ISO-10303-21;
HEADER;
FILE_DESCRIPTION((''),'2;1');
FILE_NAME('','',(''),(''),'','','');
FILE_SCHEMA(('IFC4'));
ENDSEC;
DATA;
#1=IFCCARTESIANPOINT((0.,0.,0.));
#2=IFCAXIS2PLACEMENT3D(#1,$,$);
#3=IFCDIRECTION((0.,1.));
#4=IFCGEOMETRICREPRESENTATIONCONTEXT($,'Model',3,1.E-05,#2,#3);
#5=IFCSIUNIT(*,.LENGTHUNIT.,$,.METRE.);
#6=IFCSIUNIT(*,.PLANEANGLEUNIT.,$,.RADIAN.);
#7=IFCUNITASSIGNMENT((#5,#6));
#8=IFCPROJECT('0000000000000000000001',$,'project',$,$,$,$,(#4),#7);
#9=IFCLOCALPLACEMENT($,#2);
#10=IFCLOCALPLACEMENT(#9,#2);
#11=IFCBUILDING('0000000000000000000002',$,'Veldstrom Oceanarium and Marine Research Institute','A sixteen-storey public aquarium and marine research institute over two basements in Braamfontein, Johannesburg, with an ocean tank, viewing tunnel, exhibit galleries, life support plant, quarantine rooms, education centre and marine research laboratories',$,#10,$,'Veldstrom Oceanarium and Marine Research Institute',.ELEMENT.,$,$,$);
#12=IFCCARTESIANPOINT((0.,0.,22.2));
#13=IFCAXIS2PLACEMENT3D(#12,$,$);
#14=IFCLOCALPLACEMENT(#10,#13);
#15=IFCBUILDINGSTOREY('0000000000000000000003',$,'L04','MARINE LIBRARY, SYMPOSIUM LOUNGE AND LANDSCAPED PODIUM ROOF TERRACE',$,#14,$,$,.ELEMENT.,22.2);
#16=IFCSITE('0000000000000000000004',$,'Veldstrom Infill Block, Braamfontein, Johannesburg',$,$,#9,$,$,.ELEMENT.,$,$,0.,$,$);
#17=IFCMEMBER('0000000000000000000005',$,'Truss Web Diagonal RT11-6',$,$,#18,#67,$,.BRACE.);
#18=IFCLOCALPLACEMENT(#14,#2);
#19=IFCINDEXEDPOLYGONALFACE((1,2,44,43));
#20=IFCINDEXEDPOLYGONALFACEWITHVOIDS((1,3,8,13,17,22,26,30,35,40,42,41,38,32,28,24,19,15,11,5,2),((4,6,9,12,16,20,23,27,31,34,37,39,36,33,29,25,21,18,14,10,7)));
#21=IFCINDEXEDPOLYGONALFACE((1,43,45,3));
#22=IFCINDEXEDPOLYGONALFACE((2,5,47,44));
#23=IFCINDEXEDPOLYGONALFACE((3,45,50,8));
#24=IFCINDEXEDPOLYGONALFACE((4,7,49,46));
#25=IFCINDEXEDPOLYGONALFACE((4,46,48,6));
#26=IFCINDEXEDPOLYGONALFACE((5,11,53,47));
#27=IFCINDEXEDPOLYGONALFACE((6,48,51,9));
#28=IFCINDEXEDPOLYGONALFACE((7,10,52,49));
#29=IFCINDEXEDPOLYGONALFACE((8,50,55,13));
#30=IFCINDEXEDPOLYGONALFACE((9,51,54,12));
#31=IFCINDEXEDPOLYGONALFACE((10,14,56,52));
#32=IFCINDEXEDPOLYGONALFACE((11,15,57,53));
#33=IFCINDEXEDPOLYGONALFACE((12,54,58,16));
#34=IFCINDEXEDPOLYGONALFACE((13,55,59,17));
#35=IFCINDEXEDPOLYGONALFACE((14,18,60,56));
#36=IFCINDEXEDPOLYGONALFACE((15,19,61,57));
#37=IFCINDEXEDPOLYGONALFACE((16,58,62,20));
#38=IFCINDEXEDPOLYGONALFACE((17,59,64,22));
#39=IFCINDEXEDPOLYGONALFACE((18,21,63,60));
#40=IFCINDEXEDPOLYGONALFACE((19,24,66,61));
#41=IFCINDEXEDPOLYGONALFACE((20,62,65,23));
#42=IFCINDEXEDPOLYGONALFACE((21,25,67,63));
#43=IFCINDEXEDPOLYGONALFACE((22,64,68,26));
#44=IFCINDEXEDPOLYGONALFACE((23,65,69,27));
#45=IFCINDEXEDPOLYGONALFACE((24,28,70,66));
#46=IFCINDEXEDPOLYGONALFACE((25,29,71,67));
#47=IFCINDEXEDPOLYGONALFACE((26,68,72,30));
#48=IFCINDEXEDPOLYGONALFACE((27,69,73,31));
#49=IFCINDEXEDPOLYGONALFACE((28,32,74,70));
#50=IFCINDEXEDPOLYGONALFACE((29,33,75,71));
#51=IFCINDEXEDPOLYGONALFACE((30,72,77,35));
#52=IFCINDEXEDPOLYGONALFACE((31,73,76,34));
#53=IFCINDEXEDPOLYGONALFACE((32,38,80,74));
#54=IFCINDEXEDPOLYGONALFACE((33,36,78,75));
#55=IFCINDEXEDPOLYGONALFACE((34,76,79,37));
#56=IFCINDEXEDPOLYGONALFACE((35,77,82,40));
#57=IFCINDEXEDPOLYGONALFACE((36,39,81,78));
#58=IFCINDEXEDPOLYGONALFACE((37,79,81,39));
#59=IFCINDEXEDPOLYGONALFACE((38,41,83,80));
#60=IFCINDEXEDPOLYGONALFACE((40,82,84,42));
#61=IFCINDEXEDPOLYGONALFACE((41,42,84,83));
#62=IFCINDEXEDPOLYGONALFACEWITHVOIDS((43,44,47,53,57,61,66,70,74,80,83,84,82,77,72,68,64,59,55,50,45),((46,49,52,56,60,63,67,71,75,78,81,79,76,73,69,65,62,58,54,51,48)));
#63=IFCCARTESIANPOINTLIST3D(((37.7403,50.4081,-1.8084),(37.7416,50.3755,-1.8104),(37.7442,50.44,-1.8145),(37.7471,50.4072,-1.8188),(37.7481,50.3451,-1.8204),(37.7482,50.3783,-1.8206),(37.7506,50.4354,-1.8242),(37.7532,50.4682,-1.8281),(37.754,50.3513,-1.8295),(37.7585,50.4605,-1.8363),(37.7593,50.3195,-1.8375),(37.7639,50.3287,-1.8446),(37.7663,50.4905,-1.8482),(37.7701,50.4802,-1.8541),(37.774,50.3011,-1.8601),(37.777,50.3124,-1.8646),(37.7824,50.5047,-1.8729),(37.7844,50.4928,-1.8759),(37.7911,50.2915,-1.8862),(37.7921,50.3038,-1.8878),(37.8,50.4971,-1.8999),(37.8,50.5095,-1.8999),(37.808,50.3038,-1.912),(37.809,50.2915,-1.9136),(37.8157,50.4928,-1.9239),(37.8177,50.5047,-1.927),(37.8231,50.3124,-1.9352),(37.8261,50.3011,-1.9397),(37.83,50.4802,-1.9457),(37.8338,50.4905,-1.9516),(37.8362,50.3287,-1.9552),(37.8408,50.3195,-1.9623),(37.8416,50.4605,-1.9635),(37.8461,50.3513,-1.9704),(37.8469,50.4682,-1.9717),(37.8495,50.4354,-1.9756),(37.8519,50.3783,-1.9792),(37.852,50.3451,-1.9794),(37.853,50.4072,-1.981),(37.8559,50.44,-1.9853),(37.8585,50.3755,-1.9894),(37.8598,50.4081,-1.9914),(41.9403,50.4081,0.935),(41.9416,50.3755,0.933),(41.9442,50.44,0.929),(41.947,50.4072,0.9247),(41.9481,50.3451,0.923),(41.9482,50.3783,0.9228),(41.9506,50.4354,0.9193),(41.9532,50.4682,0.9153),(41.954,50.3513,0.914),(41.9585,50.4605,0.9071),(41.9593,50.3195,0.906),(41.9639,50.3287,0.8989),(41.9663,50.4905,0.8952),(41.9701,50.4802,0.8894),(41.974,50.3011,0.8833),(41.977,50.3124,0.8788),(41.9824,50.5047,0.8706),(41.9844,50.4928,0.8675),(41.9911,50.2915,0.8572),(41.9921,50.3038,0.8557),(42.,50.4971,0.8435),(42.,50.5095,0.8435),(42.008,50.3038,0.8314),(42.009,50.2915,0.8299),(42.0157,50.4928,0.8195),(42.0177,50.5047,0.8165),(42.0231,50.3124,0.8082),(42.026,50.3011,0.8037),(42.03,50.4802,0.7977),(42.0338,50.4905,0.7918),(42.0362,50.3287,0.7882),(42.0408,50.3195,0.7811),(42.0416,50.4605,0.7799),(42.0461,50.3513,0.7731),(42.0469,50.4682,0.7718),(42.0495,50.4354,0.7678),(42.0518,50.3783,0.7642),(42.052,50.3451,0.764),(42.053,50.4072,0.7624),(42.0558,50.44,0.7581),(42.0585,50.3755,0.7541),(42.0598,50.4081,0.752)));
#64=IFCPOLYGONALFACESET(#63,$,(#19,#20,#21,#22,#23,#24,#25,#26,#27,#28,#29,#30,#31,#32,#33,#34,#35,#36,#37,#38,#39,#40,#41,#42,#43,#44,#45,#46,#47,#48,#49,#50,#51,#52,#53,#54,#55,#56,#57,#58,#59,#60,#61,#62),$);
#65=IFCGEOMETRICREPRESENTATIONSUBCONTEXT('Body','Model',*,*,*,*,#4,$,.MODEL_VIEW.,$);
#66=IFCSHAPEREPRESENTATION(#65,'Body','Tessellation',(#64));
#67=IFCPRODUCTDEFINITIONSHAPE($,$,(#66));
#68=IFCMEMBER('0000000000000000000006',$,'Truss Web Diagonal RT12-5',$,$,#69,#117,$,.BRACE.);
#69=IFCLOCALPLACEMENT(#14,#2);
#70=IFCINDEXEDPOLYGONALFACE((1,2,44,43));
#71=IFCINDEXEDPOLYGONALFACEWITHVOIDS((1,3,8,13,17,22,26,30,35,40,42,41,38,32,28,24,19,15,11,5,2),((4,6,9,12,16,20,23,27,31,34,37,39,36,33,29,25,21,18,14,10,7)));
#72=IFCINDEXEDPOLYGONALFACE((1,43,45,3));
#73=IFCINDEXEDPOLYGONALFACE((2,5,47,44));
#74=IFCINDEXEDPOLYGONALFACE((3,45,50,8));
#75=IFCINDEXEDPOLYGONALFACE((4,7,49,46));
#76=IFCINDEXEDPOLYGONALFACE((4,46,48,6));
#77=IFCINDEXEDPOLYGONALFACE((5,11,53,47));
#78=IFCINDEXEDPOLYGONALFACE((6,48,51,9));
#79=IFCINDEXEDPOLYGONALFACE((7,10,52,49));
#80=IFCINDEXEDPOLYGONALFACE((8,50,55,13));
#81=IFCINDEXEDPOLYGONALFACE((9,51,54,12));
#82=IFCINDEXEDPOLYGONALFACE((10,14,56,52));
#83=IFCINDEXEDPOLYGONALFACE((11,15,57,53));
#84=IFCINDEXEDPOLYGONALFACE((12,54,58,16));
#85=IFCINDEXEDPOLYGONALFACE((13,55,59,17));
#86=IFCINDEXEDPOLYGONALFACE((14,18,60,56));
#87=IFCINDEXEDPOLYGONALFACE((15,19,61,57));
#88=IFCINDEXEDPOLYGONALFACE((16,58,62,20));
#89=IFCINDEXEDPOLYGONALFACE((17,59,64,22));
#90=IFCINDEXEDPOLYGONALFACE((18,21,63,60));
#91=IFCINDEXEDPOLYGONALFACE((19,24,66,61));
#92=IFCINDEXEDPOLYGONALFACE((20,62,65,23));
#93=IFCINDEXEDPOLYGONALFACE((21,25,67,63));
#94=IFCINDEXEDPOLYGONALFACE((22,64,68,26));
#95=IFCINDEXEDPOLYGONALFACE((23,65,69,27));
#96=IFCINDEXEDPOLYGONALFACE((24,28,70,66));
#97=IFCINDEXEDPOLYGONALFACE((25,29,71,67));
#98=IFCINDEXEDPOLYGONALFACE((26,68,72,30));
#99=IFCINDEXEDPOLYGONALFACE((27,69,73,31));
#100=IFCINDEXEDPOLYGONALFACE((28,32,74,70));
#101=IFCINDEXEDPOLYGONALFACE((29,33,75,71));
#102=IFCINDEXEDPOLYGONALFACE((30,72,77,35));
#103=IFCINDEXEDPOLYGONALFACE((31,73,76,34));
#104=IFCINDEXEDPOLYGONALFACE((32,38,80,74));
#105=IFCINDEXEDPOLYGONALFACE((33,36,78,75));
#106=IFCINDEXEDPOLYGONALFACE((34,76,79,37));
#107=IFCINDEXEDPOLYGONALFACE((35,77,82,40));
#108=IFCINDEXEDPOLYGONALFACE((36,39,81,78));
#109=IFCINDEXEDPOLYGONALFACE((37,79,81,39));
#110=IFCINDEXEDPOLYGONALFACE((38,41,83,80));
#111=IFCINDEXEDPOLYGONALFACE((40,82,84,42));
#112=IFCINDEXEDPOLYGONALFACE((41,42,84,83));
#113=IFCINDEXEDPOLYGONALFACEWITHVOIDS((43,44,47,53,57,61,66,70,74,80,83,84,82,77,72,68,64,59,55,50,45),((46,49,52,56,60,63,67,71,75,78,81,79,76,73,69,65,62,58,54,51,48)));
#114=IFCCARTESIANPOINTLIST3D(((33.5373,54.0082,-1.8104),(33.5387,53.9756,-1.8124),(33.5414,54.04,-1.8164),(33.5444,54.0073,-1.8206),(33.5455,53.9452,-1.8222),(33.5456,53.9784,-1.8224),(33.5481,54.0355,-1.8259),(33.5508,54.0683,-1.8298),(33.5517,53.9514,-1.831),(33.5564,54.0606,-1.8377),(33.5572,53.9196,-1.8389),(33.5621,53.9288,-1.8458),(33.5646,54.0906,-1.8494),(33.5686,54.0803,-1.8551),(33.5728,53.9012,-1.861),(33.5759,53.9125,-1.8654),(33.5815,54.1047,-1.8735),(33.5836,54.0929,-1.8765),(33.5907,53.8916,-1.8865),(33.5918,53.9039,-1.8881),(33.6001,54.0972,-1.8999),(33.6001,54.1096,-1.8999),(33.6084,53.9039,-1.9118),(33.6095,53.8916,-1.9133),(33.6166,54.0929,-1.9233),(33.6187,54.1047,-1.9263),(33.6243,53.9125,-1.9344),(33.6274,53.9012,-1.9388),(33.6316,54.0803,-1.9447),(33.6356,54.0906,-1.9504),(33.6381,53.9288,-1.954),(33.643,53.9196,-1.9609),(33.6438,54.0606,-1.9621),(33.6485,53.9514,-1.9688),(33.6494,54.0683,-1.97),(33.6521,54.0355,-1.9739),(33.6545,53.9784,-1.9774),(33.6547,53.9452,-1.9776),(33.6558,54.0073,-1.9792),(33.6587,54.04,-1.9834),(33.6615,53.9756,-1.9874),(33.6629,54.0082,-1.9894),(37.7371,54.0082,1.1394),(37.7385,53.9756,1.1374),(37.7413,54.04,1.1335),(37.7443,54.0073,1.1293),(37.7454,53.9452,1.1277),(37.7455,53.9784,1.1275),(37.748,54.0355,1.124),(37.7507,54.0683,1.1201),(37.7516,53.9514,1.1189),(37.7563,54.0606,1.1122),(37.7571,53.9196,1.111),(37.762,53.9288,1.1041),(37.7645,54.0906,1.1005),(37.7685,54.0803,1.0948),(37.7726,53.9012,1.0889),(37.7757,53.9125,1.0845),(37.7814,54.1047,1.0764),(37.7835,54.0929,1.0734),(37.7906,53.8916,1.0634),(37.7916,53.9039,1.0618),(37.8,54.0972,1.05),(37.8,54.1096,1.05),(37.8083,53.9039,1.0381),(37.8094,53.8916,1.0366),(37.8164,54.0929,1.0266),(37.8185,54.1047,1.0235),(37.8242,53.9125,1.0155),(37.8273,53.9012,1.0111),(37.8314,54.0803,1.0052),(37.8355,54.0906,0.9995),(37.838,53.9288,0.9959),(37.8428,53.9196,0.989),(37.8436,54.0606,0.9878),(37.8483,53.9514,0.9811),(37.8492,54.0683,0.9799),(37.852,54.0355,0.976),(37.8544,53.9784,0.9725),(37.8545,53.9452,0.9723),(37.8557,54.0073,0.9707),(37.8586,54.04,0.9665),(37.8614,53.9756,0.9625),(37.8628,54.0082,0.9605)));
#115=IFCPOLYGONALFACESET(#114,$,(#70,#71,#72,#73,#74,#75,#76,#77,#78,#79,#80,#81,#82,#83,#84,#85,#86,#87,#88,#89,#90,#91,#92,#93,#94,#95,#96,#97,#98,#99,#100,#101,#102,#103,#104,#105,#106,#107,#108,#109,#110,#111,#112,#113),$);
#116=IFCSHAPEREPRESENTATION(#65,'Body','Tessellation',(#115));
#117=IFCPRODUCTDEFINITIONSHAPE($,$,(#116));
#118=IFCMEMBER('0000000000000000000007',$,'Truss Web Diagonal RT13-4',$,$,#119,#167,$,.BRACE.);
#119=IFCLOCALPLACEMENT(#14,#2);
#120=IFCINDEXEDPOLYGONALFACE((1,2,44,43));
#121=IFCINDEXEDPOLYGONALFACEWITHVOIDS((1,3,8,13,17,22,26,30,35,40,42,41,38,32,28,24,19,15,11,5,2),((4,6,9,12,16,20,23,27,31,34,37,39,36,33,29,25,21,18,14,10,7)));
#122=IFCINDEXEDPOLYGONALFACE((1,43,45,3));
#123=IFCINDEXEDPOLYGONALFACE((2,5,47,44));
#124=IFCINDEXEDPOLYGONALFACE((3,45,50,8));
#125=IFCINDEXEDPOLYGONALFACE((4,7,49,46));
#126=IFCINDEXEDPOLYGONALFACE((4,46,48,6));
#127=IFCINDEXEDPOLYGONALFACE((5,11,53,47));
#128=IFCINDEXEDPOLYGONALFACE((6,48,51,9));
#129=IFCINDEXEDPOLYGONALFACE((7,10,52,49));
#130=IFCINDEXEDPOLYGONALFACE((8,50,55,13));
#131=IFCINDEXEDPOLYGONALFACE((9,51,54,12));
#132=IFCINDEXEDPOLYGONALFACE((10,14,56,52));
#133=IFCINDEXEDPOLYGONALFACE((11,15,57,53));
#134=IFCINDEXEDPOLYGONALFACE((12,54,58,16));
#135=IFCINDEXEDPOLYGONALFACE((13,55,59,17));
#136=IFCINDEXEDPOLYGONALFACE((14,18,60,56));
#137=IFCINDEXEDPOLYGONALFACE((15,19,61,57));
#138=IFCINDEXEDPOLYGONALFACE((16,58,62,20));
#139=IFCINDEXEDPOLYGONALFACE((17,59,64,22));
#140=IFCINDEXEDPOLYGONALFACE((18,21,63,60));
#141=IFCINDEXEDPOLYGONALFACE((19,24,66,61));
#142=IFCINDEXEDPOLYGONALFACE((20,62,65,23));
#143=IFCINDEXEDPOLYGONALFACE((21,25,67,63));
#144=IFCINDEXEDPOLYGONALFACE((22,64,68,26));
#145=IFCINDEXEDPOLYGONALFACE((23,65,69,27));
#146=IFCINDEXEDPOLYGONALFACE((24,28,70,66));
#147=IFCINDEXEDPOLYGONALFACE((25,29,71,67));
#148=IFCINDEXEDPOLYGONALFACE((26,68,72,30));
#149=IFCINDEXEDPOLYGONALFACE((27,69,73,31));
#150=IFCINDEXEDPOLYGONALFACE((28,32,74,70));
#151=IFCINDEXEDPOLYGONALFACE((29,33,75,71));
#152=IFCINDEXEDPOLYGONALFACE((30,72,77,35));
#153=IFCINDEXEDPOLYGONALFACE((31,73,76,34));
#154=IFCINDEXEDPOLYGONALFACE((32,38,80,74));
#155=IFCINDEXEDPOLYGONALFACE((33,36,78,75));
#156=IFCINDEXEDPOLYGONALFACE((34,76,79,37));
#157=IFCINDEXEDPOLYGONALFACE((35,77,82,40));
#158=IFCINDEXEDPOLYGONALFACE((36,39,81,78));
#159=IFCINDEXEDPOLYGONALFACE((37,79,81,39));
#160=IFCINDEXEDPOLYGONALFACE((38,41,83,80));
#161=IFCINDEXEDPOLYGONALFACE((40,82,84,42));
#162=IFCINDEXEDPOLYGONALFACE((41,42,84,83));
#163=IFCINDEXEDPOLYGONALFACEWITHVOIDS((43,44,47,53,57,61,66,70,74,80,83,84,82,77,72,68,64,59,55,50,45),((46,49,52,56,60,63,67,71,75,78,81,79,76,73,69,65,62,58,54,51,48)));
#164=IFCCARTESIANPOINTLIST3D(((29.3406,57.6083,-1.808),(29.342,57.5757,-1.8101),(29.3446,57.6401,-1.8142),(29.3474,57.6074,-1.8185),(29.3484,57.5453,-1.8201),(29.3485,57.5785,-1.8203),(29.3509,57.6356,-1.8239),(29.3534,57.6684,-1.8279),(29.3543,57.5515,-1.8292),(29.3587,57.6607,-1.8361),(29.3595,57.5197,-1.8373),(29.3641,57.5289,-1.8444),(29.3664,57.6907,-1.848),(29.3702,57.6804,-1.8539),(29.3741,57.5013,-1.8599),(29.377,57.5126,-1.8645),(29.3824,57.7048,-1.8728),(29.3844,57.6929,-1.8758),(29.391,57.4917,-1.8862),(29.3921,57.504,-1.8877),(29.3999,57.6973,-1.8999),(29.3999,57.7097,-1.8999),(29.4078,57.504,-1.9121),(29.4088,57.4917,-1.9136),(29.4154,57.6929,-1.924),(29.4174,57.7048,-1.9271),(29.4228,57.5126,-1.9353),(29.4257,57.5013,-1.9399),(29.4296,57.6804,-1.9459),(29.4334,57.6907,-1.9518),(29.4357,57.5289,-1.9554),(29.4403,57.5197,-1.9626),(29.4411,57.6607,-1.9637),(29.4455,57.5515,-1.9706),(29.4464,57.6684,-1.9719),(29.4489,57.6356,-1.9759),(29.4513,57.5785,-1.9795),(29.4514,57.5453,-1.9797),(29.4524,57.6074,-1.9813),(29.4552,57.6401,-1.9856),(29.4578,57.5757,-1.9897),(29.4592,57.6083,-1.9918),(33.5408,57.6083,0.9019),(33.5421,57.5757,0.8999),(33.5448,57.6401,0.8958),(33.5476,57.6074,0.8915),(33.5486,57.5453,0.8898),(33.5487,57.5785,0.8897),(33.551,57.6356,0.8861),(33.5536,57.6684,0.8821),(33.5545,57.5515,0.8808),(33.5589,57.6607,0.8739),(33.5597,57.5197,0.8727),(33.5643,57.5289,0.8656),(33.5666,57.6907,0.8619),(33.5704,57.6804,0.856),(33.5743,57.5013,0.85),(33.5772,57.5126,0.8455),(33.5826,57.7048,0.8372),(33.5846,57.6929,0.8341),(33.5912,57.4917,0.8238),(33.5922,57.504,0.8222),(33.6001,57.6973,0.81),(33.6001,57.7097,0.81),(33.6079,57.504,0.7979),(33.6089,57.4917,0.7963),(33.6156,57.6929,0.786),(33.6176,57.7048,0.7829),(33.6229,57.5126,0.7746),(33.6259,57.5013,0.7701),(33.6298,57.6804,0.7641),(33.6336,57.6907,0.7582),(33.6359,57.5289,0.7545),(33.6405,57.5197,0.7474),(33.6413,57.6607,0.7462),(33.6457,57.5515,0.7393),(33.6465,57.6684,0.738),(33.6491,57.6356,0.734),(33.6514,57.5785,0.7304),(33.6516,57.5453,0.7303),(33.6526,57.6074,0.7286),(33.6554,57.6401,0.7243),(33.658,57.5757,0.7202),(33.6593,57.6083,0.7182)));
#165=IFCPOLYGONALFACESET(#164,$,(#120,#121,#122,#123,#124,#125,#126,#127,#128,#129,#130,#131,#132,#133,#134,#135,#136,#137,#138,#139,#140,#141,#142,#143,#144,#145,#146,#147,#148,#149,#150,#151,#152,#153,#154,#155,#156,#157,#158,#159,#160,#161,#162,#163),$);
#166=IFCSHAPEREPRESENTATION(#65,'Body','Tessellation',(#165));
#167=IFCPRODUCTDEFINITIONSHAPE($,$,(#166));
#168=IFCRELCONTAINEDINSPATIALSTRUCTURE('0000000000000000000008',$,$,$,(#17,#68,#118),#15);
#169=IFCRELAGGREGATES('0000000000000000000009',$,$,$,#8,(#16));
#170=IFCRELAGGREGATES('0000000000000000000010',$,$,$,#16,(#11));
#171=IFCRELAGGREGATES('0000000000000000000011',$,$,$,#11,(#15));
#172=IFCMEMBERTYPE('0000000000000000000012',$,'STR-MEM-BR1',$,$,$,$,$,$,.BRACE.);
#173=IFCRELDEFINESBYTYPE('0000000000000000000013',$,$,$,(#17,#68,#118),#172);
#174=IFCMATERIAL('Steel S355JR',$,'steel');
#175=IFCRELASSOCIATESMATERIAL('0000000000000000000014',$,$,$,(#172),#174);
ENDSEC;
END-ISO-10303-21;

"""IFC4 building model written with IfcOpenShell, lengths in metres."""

from ifc_helpers import new_model, si_unit, direction, frame, origin, origin_2d, place, context, subcontext, project, spatial, hollow_circle, extrude, material, material_profile, profile_set, type_object, element, save


model = new_model("IFC4")

# Units and contexts
model_context = context("Model", 3, precision=1e-05, world=origin(), true_north=direction((0.0, 1.0)))
body_context = subcontext(model_context, "Body", "Model", "MODEL_VIEW")
ifc_project = project(units=[si_unit("LENGTHUNIT", "METRE"), si_unit("PLANEANGLEUNIT", "RADIAN")], contexts=[model_context])

# Site, building, storey
site_placement = place(None, origin())
site = spatial("IfcSite", under=ifc_project, at=site_placement, Name="Veldstrom Infill Block, Braamfontein, Johannesburg", CompositionType="ELEMENT", RefElevation=0.0)
building_placement = place(site_placement, origin())
building = spatial("IfcBuilding", under=site, at=building_placement, Name="Veldstrom Oceanarium and Marine Research Institute", Description="A sixteen-storey public aquarium and marine research institute over two basements in Braamfontein, Johannesburg, with an ocean tank, viewing tunnel, exhibit galleries, life support plant, quarantine rooms, education centre and marine research laboratories", LongName="Veldstrom Oceanarium and Marine Research Institute", CompositionType="ELEMENT")
storey_placement = place(building_placement, frame((0.0, 0.0, 22.2)))
storey = spatial("IfcBuildingStorey", under=building, at=storey_placement, Name="L04", Description="MARINE LIBRARY, SYMPOSIUM LOUNGE AND LANDSCAPED PODIUM ROOF TERRACE", CompositionType="ELEMENT", Elevation=22.2)

# Members
ifc_material_1 = material(Name="Steel S355JR", Category="steel")
ifc_material_profile_1 = material_profile(ifc_material_1, hollow_circle(Radius=0.1096, WallThickness=0.0125, at=origin_2d()), Name="CHS 219.1x12.5")
ifc_profile_set_1 = profile_set([ifc_material_profile_1], Name="Steel S355JR")
member_type_1 = type_object("IfcMemberType", Name="STR-MEM-BR1", PredefinedType="BRACE", material=ifc_profile_set_1)
member_1_placement = place(storey_placement, frame((37.8, 50.3999, -1.8999), z_axis=(0.837217, 0.0, 0.54687), x_axis=(0.0, 1.0, 0.0)))
element("IfcMember", 1, at=member_1_placement, inside=storey, type_object=member_type_1, Name="Truss Web Diagonal RT11-6", PredefinedType="BRACE", context=body_context, shape_type="SweptSolid", body=[
    extrude(hollow_circle(Radius=0.1096, WallThickness=0.0125, at=origin_2d()), origin(), (0.0, 0.0, 1.0), 5.0166),
])
member_2_placement = place(storey_placement, frame((33.6001, 54.0, -1.8999), z_axis=(0.818317, 0.0, 0.574767), x_axis=(0.0, 1.0, 0.0)))
element("IfcMember", 2, at=member_2_placement, inside=storey, type_object=member_type_1, Name="Truss Web Diagonal RT12-5", PredefinedType="BRACE", context=body_context, shape_type="SweptSolid", body=[
    extrude(hollow_circle(Radius=0.1096, WallThickness=0.0125, at=origin_2d()), origin(), (0.0, 0.0, 1.0), 5.1323),
])
member_3_placement = place(storey_placement, frame((29.3999, 57.6001, -1.8999), z_axis=(0.840282, 0.0, 0.542149), x_axis=(0.0, 1.0, 0.0)))
element("IfcMember", 3, at=member_3_placement, inside=storey, type_object=member_type_1, Name="Truss Web Diagonal RT13-4", PredefinedType="BRACE", context=body_context, shape_type="SweptSolid", body=[
    extrude(hollow_circle(Radius=0.1096, WallThickness=0.0125, at=origin_2d()), origin(), (0.0, 0.0, 1.0), 4.9985),
])

save(model, "model.ifc")
